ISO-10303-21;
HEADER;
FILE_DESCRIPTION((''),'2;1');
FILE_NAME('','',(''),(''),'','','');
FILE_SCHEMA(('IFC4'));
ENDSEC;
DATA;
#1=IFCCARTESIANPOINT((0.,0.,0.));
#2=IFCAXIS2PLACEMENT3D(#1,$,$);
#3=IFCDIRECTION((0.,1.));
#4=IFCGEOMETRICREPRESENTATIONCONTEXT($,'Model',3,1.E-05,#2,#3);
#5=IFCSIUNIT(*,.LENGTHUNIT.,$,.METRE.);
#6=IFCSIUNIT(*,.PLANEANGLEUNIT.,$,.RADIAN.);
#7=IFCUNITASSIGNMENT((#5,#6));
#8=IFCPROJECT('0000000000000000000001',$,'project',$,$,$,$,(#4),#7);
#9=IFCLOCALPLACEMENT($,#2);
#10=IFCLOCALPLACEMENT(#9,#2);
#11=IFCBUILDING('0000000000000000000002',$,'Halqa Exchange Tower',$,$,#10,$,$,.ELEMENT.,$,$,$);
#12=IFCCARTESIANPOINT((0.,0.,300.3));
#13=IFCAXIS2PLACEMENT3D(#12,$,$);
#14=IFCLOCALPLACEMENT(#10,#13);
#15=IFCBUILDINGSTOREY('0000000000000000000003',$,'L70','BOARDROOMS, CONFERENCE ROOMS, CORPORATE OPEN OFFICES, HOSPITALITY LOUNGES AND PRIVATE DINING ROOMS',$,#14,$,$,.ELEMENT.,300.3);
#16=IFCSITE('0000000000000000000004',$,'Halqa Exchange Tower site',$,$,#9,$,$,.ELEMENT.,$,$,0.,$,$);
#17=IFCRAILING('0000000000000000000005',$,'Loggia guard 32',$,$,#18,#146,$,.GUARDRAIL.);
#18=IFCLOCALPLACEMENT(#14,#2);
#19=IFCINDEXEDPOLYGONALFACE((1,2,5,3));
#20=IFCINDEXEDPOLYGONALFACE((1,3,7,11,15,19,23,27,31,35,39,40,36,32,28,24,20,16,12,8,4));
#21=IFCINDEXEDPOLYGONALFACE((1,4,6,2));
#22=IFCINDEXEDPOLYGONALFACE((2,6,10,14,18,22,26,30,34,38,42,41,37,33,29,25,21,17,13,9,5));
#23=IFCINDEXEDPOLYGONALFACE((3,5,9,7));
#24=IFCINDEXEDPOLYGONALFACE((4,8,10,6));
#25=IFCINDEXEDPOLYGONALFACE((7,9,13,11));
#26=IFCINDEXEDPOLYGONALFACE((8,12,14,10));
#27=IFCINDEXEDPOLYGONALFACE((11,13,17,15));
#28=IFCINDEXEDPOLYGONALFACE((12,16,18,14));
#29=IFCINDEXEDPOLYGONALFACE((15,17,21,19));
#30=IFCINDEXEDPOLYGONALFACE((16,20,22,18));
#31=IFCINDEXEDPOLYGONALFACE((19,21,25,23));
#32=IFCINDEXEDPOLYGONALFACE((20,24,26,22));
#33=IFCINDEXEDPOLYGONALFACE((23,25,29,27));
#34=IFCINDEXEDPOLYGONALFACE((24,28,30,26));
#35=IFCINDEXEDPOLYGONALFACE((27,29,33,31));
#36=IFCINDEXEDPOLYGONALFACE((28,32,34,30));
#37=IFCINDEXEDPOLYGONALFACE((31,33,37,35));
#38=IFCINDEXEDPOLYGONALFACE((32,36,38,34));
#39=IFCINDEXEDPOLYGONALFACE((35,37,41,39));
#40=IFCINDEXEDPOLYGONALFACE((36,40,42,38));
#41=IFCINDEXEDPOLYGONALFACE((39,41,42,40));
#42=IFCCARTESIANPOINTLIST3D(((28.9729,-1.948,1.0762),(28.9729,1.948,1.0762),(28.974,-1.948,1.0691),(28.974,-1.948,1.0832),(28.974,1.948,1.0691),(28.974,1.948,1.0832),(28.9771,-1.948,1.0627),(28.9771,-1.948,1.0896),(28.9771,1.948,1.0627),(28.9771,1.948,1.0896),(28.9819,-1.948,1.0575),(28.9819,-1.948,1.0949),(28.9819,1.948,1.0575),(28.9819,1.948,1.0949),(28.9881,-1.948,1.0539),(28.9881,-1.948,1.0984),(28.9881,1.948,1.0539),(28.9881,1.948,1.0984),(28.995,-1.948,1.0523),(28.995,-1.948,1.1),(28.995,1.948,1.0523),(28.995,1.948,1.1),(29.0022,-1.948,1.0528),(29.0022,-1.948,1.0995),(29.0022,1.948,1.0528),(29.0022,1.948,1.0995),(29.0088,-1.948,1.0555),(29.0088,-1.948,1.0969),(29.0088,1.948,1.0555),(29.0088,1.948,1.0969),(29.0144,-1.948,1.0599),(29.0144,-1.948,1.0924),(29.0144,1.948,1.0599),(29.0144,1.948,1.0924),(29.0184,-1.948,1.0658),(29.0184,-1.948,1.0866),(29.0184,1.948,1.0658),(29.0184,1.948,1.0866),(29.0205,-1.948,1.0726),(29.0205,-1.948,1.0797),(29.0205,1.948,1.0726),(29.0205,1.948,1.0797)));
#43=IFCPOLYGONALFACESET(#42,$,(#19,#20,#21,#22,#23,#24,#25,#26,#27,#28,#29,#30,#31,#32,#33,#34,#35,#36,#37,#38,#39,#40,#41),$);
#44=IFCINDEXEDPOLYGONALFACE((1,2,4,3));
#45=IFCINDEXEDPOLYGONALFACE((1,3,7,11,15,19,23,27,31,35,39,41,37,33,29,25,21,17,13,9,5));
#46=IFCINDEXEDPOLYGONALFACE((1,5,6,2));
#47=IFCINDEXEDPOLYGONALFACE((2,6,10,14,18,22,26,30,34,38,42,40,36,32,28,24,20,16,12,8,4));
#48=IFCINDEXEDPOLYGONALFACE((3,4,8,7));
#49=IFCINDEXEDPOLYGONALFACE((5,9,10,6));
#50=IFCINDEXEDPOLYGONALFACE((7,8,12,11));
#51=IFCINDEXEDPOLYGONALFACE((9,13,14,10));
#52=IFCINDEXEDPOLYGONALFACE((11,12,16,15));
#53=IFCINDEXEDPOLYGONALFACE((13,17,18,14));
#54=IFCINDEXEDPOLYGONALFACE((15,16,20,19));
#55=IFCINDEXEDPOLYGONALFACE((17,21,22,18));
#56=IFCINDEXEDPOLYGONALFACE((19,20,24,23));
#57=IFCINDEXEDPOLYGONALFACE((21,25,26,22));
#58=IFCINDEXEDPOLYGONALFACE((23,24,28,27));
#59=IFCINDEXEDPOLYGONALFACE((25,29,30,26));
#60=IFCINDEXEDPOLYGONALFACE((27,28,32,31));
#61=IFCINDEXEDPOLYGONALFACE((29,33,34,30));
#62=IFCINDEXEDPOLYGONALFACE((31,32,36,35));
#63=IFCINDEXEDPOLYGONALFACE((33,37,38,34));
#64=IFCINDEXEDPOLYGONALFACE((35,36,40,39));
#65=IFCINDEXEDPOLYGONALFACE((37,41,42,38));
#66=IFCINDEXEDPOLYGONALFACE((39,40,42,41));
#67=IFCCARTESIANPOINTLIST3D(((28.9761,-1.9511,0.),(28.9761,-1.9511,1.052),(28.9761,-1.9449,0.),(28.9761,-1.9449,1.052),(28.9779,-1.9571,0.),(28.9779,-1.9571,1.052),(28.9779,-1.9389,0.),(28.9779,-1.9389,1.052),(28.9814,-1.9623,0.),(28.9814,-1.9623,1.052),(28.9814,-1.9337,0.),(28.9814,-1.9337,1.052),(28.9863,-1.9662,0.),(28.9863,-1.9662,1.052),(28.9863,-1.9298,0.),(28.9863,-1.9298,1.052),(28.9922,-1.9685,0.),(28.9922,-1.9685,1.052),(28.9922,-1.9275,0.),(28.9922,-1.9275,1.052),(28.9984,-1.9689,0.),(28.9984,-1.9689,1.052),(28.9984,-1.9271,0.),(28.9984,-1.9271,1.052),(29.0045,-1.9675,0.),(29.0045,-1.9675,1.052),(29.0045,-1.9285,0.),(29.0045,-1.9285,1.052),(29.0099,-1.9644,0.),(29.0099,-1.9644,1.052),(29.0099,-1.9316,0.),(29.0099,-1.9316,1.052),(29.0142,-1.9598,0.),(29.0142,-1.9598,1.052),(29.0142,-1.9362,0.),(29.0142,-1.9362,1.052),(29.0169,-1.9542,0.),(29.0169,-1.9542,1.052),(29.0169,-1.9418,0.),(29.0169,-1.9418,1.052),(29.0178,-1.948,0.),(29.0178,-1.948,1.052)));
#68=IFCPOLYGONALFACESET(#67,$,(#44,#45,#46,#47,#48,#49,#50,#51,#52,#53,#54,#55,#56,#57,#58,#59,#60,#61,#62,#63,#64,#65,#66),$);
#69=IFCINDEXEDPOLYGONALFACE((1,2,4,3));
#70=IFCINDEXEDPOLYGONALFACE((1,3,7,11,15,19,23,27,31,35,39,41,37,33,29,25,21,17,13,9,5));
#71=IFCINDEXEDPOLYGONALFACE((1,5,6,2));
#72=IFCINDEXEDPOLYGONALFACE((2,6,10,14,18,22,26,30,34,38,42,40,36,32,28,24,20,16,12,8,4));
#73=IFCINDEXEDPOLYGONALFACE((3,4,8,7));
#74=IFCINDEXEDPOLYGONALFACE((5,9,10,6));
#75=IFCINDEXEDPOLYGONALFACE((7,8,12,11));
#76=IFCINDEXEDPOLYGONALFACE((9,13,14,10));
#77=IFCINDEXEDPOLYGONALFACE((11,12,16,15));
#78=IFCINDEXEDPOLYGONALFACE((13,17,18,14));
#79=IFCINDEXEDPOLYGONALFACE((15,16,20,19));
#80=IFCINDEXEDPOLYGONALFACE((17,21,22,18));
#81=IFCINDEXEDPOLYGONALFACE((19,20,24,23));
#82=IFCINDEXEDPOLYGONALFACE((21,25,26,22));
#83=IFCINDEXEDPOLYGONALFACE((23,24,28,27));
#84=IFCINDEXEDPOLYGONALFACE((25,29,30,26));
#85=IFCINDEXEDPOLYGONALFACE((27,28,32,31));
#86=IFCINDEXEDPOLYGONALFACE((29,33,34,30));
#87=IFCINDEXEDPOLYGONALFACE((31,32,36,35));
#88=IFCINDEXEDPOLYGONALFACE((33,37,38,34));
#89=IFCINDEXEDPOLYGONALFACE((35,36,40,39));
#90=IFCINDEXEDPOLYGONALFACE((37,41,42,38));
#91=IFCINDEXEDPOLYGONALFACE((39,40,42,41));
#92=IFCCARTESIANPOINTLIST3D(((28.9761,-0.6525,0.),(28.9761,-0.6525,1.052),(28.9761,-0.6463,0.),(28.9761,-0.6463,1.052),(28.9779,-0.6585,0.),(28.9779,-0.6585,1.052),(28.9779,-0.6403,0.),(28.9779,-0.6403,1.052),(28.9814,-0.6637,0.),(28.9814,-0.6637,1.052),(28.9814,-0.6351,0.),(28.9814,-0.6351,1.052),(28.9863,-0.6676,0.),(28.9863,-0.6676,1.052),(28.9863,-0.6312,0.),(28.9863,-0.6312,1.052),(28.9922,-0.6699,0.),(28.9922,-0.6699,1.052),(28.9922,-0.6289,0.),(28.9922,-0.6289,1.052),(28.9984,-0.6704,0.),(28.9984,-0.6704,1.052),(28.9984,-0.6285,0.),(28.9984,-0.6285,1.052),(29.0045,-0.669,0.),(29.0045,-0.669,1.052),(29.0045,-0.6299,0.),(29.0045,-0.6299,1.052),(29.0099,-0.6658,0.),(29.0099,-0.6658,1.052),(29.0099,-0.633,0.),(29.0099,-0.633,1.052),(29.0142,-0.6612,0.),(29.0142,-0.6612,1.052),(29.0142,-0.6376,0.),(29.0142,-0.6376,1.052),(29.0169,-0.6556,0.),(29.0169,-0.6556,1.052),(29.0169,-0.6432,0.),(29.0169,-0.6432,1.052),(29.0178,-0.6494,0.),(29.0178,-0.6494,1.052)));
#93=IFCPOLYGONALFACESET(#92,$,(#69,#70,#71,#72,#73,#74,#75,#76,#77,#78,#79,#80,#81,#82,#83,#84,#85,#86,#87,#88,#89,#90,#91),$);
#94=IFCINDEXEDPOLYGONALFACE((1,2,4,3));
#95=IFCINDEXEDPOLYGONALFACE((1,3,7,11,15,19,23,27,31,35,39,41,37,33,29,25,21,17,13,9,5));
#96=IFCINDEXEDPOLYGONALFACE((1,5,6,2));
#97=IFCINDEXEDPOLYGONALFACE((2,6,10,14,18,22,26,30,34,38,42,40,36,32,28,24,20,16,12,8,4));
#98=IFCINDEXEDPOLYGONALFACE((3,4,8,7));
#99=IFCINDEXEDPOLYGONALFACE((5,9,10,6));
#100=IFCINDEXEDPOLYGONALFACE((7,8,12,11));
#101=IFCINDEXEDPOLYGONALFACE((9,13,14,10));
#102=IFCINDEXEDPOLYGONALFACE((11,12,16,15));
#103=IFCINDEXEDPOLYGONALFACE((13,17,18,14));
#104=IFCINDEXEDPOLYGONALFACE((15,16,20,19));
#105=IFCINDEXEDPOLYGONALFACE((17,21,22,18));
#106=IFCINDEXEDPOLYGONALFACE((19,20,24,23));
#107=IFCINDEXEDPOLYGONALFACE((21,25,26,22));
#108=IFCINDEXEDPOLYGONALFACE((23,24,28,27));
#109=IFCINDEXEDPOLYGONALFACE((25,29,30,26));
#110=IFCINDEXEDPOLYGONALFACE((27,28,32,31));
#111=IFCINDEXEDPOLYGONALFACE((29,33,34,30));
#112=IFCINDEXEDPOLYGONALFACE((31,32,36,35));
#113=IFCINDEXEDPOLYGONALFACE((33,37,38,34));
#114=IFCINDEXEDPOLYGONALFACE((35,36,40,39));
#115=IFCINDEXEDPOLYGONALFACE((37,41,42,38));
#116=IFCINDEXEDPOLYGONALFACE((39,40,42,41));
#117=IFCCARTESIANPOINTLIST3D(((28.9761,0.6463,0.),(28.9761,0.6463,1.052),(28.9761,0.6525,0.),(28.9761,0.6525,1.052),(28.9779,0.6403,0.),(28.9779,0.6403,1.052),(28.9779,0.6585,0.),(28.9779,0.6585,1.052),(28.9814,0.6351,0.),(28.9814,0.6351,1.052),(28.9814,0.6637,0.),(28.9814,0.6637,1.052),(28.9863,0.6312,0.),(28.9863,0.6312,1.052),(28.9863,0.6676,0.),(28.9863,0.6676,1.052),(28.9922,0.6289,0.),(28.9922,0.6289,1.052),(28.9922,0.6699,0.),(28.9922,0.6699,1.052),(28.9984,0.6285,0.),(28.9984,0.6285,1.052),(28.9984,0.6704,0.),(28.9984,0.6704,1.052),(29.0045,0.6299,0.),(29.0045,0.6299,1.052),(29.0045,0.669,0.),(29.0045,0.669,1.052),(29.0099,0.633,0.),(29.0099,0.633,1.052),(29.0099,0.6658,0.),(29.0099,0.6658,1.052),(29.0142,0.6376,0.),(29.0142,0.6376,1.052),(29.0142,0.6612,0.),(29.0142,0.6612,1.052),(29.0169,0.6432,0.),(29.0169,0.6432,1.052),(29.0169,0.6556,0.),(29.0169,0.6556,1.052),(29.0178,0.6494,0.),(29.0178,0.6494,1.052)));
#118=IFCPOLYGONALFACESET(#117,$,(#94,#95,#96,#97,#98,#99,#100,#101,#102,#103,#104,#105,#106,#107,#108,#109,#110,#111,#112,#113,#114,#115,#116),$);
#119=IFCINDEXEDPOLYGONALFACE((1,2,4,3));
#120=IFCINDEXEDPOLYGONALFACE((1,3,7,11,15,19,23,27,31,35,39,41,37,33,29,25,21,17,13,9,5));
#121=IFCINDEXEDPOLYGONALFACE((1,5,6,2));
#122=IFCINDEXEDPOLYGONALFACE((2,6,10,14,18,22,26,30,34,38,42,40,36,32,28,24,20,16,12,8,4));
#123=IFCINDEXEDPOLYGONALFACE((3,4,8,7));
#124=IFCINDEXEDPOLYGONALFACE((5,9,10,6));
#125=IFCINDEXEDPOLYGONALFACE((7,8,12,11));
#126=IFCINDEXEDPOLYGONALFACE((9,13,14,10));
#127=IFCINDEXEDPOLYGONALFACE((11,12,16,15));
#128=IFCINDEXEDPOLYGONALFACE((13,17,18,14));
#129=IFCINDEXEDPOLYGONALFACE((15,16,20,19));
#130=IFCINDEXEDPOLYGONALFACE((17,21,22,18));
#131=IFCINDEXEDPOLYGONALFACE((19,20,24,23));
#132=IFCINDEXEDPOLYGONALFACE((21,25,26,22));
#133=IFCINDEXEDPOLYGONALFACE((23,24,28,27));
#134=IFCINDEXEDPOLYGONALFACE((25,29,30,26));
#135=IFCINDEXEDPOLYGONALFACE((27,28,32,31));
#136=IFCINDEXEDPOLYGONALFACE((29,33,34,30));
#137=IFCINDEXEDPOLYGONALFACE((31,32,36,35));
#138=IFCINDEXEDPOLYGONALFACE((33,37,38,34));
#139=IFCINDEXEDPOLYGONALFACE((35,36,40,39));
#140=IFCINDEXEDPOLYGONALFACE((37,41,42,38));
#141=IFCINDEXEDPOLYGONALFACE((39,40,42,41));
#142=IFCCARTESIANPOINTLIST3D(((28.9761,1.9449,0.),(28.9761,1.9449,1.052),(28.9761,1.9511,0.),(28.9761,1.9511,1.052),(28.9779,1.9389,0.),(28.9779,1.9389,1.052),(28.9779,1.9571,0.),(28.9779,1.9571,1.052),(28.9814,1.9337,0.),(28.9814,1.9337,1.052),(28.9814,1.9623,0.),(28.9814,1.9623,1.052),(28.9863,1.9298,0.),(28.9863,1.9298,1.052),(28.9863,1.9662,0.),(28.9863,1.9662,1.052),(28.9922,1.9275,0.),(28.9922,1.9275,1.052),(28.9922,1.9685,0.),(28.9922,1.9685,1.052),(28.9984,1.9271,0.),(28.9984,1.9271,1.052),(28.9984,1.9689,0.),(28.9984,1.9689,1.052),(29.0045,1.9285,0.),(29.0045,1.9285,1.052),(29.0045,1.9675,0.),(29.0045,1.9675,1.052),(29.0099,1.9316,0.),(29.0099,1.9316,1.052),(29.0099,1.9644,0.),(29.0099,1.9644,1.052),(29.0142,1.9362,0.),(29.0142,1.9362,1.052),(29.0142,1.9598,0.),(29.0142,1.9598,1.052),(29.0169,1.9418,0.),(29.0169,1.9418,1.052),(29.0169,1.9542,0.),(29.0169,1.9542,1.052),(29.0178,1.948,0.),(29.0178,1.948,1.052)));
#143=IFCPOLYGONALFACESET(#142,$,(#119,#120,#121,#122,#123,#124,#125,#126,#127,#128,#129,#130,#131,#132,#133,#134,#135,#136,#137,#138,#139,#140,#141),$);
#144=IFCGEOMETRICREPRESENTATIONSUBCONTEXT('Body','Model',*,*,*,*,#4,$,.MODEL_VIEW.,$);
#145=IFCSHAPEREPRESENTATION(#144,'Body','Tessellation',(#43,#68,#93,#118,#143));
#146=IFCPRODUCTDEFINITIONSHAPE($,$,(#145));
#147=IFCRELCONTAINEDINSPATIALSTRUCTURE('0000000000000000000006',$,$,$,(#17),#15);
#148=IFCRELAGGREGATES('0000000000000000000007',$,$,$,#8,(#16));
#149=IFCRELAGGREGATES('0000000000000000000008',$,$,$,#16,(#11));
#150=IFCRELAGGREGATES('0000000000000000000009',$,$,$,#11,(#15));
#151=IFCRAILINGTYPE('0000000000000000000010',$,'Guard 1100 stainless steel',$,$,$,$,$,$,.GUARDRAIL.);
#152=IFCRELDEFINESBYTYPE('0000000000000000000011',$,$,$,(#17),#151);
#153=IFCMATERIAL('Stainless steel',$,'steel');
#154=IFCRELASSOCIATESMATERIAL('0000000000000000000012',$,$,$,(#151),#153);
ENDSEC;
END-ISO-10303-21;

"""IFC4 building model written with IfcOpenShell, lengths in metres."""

from ifc_helpers import new_model, si_unit, direction, frame, origin, origin_2d, place, context, subcontext, project, spatial, circle, extrude, material, type_object, element, save


model = new_model("IFC4")

# Units and contexts
model_context = context("Model", 3, precision=1e-05, world=origin(), true_north=direction((0.0, 1.0)))
body_context = subcontext(model_context, "Body", "Model", "MODEL_VIEW")
ifc_project = project(units=[si_unit("LENGTHUNIT", "METRE"), si_unit("PLANEANGLEUNIT", "RADIAN")], contexts=[model_context])

# Site, building, storey
site_placement = place(None, origin())
site = spatial("IfcSite", under=ifc_project, at=site_placement, Name="Halqa Exchange Tower site", CompositionType="ELEMENT", RefElevation=0.0)
building_placement = place(site_placement, origin())
building = spatial("IfcBuilding", under=site, at=building_placement, Name="Halqa Exchange Tower", CompositionType="ELEMENT")
storey_placement = place(building_placement, frame((0.0, 0.0, 300.3)))
storey = spatial("IfcBuildingStorey", under=building, at=storey_placement, Name="L70", Description="BOARDROOMS, CONFERENCE ROOMS, CORPORATE OPEN OFFICES, HOSPITALITY LOUNGES AND PRIVATE DINING ROOMS", CompositionType="ELEMENT", Elevation=300.3)

# Railing
ifc_material_1 = material(Name="Stainless steel", Category="steel")
railing_type = type_object("IfcRailingType", Name="Guard 1100 stainless steel", PredefinedType="GUARDRAIL", material=ifc_material_1)
railing_1_placement = place(storey_placement, frame((28.9968, -1.948, 0.0)))
element("IfcRailing", 1, at=railing_1_placement, inside=storey, type_object=railing_type, Name="Loggia guard 32", PredefinedType="GUARDRAIL", context=body_context, shape_type="SweptSolid", body=[
    extrude(circle(Radius=0.0239, at=origin_2d()), frame((0.0, 0.0, 1.0762), z_axis=(0.0, 1.0, 0.0), x_axis=(-1.0, 0.0, 0.0)), (0.0, 0.0, 1.0), 3.896),
    extrude(circle(Radius=0.021, at=origin_2d()), origin(), (0.0, 0.0, 1.0), 1.052),
    extrude(circle(Radius=0.021, at=origin_2d()), frame((0.0, 1.2986, 0.0)), (0.0, 0.0, 1.0), 1.052),
    extrude(circle(Radius=0.021, at=origin_2d()), frame((0.0, 2.5974, 0.0)), (0.0, 0.0, 1.0), 1.052),
    extrude(circle(Radius=0.021, at=origin_2d()), frame((0.0, 3.896, 0.0)), (0.0, 0.0, 1.0), 1.052),
])

save(model, "model.ifc")
